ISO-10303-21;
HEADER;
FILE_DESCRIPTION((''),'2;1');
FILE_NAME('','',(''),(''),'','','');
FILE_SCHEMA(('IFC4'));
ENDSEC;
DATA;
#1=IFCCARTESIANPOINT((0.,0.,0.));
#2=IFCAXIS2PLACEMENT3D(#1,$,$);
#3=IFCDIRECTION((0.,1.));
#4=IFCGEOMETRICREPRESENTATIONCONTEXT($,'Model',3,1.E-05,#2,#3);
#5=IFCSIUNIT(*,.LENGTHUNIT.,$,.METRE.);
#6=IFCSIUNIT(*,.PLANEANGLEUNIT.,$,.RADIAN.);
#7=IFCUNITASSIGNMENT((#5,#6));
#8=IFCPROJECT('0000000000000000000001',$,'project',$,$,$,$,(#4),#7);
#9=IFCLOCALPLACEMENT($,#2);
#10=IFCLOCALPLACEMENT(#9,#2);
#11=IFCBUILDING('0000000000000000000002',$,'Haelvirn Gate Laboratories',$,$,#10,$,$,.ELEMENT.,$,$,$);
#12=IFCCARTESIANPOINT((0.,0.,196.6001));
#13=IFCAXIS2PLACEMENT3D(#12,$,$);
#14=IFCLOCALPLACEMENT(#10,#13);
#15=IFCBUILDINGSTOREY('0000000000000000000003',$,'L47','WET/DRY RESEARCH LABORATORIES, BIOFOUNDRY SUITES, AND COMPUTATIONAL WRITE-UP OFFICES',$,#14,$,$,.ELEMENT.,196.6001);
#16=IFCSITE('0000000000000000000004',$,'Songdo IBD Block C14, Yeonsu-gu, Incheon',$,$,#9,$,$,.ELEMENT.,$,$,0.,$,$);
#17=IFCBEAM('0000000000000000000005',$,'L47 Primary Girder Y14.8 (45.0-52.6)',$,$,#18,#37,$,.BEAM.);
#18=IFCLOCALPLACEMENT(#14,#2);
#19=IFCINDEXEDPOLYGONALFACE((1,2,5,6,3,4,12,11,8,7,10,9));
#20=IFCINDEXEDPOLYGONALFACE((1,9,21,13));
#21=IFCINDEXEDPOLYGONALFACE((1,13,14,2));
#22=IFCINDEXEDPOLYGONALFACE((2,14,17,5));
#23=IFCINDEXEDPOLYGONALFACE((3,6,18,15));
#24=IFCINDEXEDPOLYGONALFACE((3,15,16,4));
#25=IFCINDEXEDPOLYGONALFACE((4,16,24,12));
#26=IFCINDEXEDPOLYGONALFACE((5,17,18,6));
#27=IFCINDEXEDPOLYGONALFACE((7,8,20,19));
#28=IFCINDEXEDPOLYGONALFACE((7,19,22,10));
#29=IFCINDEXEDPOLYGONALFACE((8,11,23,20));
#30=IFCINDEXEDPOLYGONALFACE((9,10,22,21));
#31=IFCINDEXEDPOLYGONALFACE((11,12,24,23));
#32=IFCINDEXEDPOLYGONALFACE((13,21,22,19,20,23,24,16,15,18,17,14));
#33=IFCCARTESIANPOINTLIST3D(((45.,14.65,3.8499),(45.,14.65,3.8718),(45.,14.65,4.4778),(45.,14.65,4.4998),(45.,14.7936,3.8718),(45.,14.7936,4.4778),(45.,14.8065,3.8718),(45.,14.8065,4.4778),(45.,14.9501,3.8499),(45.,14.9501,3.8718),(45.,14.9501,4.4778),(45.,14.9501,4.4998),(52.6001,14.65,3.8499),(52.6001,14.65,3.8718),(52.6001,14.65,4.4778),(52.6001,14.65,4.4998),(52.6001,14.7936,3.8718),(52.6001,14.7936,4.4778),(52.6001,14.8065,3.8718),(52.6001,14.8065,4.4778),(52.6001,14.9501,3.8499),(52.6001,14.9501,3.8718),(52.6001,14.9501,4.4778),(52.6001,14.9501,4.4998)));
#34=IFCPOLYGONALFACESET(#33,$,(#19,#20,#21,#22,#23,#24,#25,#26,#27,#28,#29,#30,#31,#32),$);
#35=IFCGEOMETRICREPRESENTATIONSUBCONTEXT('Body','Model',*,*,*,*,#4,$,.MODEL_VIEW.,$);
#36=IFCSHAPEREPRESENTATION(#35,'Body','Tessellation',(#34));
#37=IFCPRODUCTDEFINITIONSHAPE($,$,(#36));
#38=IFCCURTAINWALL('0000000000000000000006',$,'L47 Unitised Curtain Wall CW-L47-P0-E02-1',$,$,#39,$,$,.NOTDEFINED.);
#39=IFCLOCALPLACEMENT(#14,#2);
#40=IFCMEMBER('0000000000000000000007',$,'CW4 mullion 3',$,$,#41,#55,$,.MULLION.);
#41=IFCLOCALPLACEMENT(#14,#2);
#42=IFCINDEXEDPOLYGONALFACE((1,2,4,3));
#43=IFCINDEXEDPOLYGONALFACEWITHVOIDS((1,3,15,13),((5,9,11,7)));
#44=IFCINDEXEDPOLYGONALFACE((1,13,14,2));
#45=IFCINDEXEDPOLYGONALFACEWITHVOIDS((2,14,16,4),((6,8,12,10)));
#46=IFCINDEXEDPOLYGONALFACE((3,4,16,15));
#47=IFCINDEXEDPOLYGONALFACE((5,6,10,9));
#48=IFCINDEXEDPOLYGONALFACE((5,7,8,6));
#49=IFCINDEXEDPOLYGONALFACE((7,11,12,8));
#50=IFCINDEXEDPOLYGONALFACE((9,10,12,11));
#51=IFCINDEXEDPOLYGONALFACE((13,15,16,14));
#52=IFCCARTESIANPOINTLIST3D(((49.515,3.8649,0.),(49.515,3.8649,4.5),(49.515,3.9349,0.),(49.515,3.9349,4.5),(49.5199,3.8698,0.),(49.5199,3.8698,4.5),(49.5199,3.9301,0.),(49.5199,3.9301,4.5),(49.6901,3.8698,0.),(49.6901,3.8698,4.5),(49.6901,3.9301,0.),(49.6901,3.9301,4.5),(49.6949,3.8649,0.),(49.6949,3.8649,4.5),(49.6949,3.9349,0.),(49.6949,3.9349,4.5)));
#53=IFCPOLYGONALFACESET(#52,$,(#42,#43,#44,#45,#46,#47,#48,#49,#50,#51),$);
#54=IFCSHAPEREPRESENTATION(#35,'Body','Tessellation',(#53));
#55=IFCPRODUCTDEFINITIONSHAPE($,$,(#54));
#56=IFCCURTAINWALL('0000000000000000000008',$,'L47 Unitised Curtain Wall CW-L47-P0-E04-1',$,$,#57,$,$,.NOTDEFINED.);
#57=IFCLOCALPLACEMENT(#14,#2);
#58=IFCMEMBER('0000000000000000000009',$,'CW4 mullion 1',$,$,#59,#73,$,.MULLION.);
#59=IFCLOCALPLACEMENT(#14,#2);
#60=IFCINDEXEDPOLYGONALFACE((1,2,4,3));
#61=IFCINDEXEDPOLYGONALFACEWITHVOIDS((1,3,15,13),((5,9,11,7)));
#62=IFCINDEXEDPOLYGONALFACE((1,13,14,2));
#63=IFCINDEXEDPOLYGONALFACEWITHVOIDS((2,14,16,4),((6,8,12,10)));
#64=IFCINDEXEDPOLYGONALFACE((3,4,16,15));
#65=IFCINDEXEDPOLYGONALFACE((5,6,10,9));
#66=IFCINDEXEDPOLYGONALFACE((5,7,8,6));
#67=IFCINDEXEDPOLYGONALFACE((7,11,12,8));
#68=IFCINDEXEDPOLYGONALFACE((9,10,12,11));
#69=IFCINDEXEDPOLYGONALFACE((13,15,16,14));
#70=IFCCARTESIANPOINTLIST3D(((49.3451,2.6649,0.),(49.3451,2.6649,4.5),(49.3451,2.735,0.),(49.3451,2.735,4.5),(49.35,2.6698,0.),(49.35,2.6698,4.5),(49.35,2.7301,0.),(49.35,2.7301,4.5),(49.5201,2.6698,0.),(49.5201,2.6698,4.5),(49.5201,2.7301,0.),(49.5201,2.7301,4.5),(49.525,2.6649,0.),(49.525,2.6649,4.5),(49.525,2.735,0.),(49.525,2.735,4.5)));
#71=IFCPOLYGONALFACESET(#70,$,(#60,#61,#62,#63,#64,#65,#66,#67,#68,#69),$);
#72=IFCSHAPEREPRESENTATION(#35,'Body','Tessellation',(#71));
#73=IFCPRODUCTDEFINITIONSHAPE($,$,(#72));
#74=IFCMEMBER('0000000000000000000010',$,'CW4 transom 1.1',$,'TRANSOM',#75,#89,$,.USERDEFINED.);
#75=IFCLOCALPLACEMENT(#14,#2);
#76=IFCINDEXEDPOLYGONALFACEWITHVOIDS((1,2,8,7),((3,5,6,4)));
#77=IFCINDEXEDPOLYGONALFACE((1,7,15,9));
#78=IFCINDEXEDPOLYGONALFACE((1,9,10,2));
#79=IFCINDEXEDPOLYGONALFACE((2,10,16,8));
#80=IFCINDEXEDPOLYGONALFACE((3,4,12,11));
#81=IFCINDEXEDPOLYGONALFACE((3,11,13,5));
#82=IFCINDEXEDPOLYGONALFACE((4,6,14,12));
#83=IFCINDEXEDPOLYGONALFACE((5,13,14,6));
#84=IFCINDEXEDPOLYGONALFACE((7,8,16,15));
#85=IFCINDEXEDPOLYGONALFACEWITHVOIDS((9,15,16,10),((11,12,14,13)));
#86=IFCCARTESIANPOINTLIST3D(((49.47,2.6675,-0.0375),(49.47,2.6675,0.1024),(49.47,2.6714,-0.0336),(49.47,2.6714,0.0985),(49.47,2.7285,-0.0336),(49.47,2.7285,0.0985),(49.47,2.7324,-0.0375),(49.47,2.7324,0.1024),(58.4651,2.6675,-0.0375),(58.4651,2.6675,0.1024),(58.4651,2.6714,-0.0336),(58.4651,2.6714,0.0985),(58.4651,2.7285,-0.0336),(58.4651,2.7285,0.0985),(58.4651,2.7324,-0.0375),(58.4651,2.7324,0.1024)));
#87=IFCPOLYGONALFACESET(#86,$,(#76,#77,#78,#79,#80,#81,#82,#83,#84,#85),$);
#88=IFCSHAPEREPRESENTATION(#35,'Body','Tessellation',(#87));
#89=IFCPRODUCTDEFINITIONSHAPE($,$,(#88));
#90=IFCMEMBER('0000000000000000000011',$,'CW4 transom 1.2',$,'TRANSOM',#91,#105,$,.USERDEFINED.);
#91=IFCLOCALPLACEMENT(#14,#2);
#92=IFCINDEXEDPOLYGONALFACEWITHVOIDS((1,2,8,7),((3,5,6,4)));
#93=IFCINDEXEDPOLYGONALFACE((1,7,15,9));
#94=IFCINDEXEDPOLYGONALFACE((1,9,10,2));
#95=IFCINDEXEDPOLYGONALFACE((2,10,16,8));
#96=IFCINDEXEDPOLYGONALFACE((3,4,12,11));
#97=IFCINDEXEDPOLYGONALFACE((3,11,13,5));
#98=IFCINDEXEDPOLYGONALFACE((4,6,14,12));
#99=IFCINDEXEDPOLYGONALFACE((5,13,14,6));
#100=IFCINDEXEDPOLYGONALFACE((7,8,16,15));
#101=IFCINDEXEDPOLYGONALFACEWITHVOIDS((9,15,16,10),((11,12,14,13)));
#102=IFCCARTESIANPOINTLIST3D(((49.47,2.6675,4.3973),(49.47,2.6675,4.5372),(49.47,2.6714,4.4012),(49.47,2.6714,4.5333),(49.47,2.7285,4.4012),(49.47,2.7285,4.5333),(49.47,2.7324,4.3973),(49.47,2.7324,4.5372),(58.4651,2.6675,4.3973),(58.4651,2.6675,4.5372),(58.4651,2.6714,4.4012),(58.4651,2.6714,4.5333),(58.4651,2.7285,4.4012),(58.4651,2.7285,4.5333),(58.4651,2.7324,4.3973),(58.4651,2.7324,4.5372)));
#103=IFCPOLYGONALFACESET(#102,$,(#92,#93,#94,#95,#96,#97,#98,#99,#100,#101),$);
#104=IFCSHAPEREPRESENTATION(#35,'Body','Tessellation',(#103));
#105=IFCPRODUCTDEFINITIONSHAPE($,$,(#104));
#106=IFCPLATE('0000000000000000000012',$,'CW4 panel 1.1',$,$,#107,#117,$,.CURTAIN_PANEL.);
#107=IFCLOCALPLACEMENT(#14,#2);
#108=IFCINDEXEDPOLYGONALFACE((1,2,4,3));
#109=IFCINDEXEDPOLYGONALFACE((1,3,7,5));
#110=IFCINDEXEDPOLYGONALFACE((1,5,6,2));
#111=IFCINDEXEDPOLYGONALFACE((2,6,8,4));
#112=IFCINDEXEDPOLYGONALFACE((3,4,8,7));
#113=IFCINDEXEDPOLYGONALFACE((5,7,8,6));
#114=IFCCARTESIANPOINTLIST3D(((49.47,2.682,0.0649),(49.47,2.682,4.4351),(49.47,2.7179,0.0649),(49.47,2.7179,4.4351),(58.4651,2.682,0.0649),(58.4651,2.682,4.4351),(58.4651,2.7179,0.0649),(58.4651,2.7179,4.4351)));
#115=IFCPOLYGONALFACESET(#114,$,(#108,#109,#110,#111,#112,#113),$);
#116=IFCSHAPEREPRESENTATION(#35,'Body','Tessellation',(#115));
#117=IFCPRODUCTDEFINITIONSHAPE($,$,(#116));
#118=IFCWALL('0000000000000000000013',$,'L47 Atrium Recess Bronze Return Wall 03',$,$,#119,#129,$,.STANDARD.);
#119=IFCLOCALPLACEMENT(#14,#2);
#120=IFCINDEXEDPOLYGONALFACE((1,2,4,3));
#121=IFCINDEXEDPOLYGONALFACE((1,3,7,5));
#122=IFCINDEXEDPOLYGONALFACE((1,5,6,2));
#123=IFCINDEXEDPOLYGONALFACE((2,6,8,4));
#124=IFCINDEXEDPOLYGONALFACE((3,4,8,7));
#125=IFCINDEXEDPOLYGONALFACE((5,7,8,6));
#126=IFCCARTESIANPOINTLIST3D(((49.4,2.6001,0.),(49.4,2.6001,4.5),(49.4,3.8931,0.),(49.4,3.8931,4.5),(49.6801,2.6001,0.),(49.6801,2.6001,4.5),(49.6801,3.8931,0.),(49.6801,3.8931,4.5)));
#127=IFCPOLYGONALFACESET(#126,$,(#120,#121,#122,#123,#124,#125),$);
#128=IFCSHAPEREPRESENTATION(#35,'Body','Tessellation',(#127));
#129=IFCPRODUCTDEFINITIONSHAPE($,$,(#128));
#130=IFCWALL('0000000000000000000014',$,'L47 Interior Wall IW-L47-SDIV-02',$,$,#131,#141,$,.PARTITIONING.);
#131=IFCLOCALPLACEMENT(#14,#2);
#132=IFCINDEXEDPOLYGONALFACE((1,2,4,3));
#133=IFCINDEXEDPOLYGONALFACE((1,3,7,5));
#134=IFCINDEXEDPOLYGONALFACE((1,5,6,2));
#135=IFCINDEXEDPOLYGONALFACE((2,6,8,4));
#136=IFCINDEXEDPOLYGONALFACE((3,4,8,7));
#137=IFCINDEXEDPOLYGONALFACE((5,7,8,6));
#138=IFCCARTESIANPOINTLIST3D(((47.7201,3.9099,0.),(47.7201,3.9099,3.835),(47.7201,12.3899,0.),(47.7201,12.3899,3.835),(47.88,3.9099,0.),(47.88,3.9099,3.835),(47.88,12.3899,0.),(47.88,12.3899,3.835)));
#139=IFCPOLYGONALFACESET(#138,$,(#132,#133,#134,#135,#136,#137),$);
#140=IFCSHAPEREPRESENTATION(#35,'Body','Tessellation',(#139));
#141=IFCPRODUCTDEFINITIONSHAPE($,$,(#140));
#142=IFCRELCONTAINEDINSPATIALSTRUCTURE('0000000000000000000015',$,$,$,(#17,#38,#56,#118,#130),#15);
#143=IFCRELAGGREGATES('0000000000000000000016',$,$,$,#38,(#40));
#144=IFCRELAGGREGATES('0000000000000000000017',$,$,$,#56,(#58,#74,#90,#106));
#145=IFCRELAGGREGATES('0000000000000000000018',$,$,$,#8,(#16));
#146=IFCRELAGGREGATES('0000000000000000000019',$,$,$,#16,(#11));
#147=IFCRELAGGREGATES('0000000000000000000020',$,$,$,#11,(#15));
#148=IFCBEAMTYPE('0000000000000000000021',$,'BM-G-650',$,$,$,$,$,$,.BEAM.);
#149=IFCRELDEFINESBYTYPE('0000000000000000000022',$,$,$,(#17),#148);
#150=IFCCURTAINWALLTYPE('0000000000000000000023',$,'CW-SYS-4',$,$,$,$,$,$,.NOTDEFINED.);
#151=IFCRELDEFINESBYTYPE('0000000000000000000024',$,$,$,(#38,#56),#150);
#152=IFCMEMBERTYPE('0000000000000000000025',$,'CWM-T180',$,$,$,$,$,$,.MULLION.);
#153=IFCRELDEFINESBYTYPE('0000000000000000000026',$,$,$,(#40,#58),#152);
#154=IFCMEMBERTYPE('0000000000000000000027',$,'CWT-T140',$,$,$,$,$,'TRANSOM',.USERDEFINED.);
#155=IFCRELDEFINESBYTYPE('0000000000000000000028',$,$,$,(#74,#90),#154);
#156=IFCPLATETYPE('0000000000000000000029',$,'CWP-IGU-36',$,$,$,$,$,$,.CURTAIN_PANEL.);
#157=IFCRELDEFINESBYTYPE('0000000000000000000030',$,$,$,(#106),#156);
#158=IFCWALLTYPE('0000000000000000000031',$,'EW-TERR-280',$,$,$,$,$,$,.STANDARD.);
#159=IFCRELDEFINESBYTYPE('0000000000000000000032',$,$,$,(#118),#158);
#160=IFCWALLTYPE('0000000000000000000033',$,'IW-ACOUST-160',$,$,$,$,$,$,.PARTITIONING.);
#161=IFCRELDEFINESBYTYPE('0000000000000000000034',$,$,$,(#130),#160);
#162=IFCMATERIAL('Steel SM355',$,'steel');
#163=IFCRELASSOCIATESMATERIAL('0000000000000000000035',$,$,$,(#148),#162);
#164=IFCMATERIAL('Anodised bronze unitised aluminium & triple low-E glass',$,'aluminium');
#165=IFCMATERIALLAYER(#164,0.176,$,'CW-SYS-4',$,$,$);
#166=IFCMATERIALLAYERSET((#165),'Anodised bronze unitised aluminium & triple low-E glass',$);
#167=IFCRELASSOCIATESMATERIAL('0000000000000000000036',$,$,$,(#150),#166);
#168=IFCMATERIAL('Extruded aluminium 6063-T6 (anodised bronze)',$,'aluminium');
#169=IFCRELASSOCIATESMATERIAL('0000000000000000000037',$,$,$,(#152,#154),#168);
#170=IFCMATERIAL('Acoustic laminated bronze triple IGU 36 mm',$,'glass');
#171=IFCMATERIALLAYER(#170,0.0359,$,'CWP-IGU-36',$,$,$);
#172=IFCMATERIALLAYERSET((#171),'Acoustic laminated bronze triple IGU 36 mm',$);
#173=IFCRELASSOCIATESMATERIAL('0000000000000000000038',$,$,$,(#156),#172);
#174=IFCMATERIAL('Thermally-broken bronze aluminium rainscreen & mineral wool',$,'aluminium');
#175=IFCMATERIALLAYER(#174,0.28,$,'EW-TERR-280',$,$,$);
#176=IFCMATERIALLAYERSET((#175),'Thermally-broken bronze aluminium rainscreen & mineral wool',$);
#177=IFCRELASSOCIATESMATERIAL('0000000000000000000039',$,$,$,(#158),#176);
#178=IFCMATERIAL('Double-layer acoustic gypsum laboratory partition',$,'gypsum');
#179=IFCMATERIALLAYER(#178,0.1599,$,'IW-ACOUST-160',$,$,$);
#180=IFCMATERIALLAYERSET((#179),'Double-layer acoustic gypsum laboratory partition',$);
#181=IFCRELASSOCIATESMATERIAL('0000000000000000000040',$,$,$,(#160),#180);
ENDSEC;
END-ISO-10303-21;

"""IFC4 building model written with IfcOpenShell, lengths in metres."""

from ifc_helpers import new_model, si_unit, direction, frame, frame_2d, origin, origin_2d, place, context, subcontext, project, spatial, rectangle, hollow_rectangle, i_section, extrude, source, transform, mapped, material, layer, layer_set, material_profile, profile_set, type_object, type_shapes, element, aggregate, save


model = new_model("IFC4")

# Units and contexts
model_context = context("Model", 3, precision=1e-05, world=origin(), true_north=direction((0.0, 1.0)))
body_context = subcontext(model_context, "Body", "Model", "MODEL_VIEW")
ifc_project = project(units=[si_unit("LENGTHUNIT", "METRE"), si_unit("PLANEANGLEUNIT", "RADIAN")], contexts=[model_context])

# Site, building, storey
site_placement = place(None, origin())
site = spatial("IfcSite", under=ifc_project, at=site_placement, Name="Songdo IBD Block C14, Yeonsu-gu, Incheon", CompositionType="ELEMENT", RefElevation=0.0)
building_placement = place(site_placement, origin())
building = spatial("IfcBuilding", under=site, at=building_placement, Name="Haelvirn Gate Laboratories", CompositionType="ELEMENT")
storey_placement = place(building_placement, frame((0.0, 0.0, 196.6001)))
storey = spatial("IfcBuildingStorey", under=building, at=storey_placement, Name="L47", Description="WET/DRY RESEARCH LABORATORIES, BIOFOUNDRY SUITES, AND COMPUTATIONAL WRITE-UP OFFICES", CompositionType="ELEMENT", Elevation=196.6001)

# Shared definitions
ifc_material_1 = material(Name="Steel SM355", Category="steel")

# Beam
ifc_material_profile_1 = material_profile(ifc_material_1, i_section(OverallWidth=0.3, OverallDepth=0.6499, WebThickness=0.0129, FlangeThickness=0.022, at=origin_2d()), Name="H-650x300x13x22")
ifc_profile_set_1 = profile_set([ifc_material_profile_1], Name="Steel SM355")
beam_type_1 = type_object("IfcBeamType", Name="BM-G-650", PredefinedType="BEAM", material=ifc_profile_set_1)
shared_shape_1 = source(origin(), body_context, "Body", "SweptSolid", [
    extrude(i_section(OverallWidth=0.3, OverallDepth=0.6499, WebThickness=0.0129, FlangeThickness=0.022, at=origin_2d()), origin(), (0.0, 0.0, 1.0), 7.6001),
])
beam_1_placement = place(storey_placement, frame((45.0, 14.8, 4.1748), z_axis=(1.0, 0.0, 0.0), x_axis=(0.0, 1.0, 0.0)))
element("IfcBeam", 1, at=beam_1_placement, inside=storey, type_object=beam_type_1, Name="L47 Primary Girder Y14.8 (45.0-52.6)", PredefinedType="BEAM", context=body_context, shape_type="MappedRepresentation", body=[
    mapped(shared_shape_1, transform((0.0, 0.0, 0.0), scale=1.0)),
])

# Curtain wall, member
ifc_material_2 = material(Name="Anodised bronze unitised aluminium & triple low-E glass", Category="aluminium")
ifc_layer_1 = layer(ifc_material_2, 0.176, Name="CW-SYS-4")
ifc_layer_set_1 = layer_set([ifc_layer_1], Name="Anodised bronze unitised aluminium & triple low-E glass")
curtain_wall_type = type_object("IfcCurtainWallType", Name="CW-SYS-4", PredefinedType="NOTDEFINED", material=ifc_layer_set_1)
curtain_wall_1_placement = place(storey_placement, origin())
curtain_wall_1 = element("IfcCurtainWall", 2, at=curtain_wall_1_placement, inside=storey, type_object=curtain_wall_type, Name="L47 Unitised Curtain Wall CW-L47-P0-E02-1", PredefinedType="NOTDEFINED")
ifc_material_3 = material(Name="Extruded aluminium 6063-T6 (anodised bronze)", Category="aluminium")
ifc_material_profile_2 = material_profile(ifc_material_3, hollow_rectangle(XDim=0.0701, YDim=0.1799, WallThickness=0.0049, at=origin_2d()), Name="CWM-180x70x5")
ifc_profile_set_2 = profile_set([ifc_material_profile_2], Name="Extruded aluminium 6063-T6 (anodised bronze)")
member_type_1 = type_object("IfcMemberType", Name="CWM-T180", PredefinedType="MULLION", material=ifc_profile_set_2)
shared_shape_2 = source(origin(), body_context, "Body", "SweptSolid", [
    extrude(hollow_rectangle(XDim=0.0701, YDim=0.1799, WallThickness=0.0049, at=origin_2d()), origin(), (0.0, 0.0, 1.0), 4.5),
])
type_shapes(member_type_1, [shared_shape_2])
member_1_placement = place(storey_placement, frame((49.605, 3.8999, 0.0), z_axis=(0.0, 0.0, 1.0), x_axis=(0.0, 1.0, 0.0)))
member_1 = element("IfcMember", 3, at=member_1_placement, type_object=member_type_1, Name="CW4 mullion 3", PredefinedType="MULLION", context=body_context, shape_type="MappedRepresentation", body=[
    mapped(shared_shape_2, transform((0.0, 0.0, 0.0), scale=1.0)),
])
aggregate(curtain_wall_1, [member_1])

# Curtain wall, members, plate
curtain_wall_2_placement = place(storey_placement, origin())
curtain_wall_2 = element("IfcCurtainWall", 4, at=curtain_wall_2_placement, inside=storey, type_object=curtain_wall_type, Name="L47 Unitised Curtain Wall CW-L47-P0-E04-1", PredefinedType="NOTDEFINED")
member_2_placement = place(storey_placement, frame((49.4351, 2.7, 0.0), z_axis=(0.0, 0.0, 1.0), x_axis=(0.0, 1.0, 0.0)))
member_2 = element("IfcMember", 5, at=member_2_placement, type_object=member_type_1, Name="CW4 mullion 1", PredefinedType="MULLION", context=body_context, shape_type="MappedRepresentation", body=[
    mapped(shared_shape_2, transform((0.0, 0.0, 0.0), scale=1.0)),
])
ifc_material_profile_3 = material_profile(ifc_material_3, hollow_rectangle(XDim=0.0649, YDim=0.1399, WallThickness=0.0039, at=origin_2d()), Name="CWT-140x65x4")
ifc_profile_set_3 = profile_set([ifc_material_profile_3], Name="Extruded aluminium 6063-T6 (anodised bronze)")
member_type_2 = type_object("IfcMemberType", Name="CWT-T140", ElementType="TRANSOM", PredefinedType="USERDEFINED", material=ifc_profile_set_3)
shared_shape_3 = source(origin(), body_context, "Body", "SweptSolid", [
    extrude(hollow_rectangle(XDim=0.0649, YDim=0.1399, WallThickness=0.0039, at=origin_2d()), origin(), (0.0, 0.0, 1.0), 8.9951),
])
type_shapes(member_type_2, [shared_shape_3])
member_3_placement = place(storey_placement, frame((49.47, 2.7, 0.0325), z_axis=(1.0, 0.0, 0.0), x_axis=(0.0, 1.0, 0.0)))
member_3 = element("IfcMember", 6, at=member_3_placement, type_object=member_type_2, Name="CW4 transom 1.1", ObjectType="TRANSOM", PredefinedType="USERDEFINED", context=body_context, shape_type="MappedRepresentation", body=[
    mapped(shared_shape_3, transform((0.0, 0.0, 0.0), scale=1.0)),
])
member_4_placement = place(storey_placement, frame((49.47, 2.7, 4.4673), z_axis=(1.0, 0.0, 0.0), x_axis=(0.0, 1.0, 0.0)))
member_4 = element("IfcMember", 7, at=member_4_placement, type_object=member_type_2, Name="CW4 transom 1.2", ObjectType="TRANSOM", PredefinedType="USERDEFINED", context=body_context, shape_type="MappedRepresentation", body=[
    mapped(shared_shape_3, transform((0.0, 0.0, 0.0), scale=1.0)),
])
ifc_material_4 = material(Name="Acoustic laminated bronze triple IGU 36 mm", Category="glass")
ifc_layer_2 = layer(ifc_material_4, 0.0359, Name="CWP-IGU-36")
ifc_layer_set_2 = layer_set([ifc_layer_2], Name="Acoustic laminated bronze triple IGU 36 mm")
plate_type = type_object("IfcPlateType", Name="CWP-IGU-36", PredefinedType="CURTAIN_PANEL", material=ifc_layer_set_2)
shared_shape_4 = source(origin(), body_context, "Body", "SweptSolid", [
    extrude(rectangle(XDim=8.9951, YDim=0.0359, at=origin_2d()), origin(), (0.0, 0.0, 1.0), 4.3701),
])
type_shapes(plate_type, [shared_shape_4])
plate_placement = place(storey_placement, frame((53.9675, 2.7, 0.0649), z_axis=(0.0, 0.0, 1.0), x_axis=(1.0, 0.0, 0.0)))
plate = element("IfcPlate", 8, at=plate_placement, type_object=plate_type, Name="CW4 panel 1.1", PredefinedType="CURTAIN_PANEL", context=body_context, shape_type="MappedRepresentation", body=[
    mapped(shared_shape_4, transform((0.0, 0.0, 0.0), scale=1.0)),
])
aggregate(curtain_wall_2, [member_2, member_3, member_4, plate])

# Walls
ifc_material_5 = material(Name="Thermally-broken bronze aluminium rainscreen & mineral wool", Category="aluminium")
ifc_layer_3 = layer(ifc_material_5, 0.28, Name="EW-TERR-280")
ifc_layer_set_3 = layer_set([ifc_layer_3], Name="Thermally-broken bronze aluminium rainscreen & mineral wool")
wall_type_1 = type_object("IfcWallType", Name="EW-TERR-280", PredefinedType="STANDARD", material=ifc_layer_set_3)
wall_1_placement = place(storey_placement, frame((49.54, 3.8931, 0.0), z_axis=(0.0, 0.0, 1.0), x_axis=(0.0, -1.0, 0.0)))
element("IfcWall", 9, at=wall_1_placement, inside=storey, type_object=wall_type_1, Name="L47 Atrium Recess Bronze Return Wall 03", PredefinedType="STANDARD", context=body_context, shape_type="SweptSolid", body=[
    extrude(rectangle(XDim=1.293, YDim=0.28, at=frame_2d((0.6465, 0.0))), origin(), (0.0, 0.0, 1.0), 4.5),
])
ifc_material_6 = material(Name="Double-layer acoustic gypsum laboratory partition", Category="gypsum")
ifc_layer_4 = layer(ifc_material_6, 0.1599, Name="IW-ACOUST-160")
ifc_layer_set_4 = layer_set([ifc_layer_4], Name="Double-layer acoustic gypsum laboratory partition")
wall_type_2 = type_object("IfcWallType", Name="IW-ACOUST-160", PredefinedType="PARTITIONING", material=ifc_layer_set_4)
wall_2_placement = place(storey_placement, frame((47.8, 3.9099, 0.0), z_axis=(0.0, 0.0, 1.0), x_axis=(0.0, 1.0, 0.0)))
element("IfcWall", 10, at=wall_2_placement, inside=storey, type_object=wall_type_2, Name="L47 Interior Wall IW-L47-SDIV-02", PredefinedType="PARTITIONING", context=body_context, shape_type="SweptSolid", body=[
    extrude(rectangle(XDim=8.48, YDim=0.1599, at=frame_2d((4.24, 0.0))), origin(), (0.0, 0.0, 1.0), 3.835),
])

save(model, "model.ifc")
